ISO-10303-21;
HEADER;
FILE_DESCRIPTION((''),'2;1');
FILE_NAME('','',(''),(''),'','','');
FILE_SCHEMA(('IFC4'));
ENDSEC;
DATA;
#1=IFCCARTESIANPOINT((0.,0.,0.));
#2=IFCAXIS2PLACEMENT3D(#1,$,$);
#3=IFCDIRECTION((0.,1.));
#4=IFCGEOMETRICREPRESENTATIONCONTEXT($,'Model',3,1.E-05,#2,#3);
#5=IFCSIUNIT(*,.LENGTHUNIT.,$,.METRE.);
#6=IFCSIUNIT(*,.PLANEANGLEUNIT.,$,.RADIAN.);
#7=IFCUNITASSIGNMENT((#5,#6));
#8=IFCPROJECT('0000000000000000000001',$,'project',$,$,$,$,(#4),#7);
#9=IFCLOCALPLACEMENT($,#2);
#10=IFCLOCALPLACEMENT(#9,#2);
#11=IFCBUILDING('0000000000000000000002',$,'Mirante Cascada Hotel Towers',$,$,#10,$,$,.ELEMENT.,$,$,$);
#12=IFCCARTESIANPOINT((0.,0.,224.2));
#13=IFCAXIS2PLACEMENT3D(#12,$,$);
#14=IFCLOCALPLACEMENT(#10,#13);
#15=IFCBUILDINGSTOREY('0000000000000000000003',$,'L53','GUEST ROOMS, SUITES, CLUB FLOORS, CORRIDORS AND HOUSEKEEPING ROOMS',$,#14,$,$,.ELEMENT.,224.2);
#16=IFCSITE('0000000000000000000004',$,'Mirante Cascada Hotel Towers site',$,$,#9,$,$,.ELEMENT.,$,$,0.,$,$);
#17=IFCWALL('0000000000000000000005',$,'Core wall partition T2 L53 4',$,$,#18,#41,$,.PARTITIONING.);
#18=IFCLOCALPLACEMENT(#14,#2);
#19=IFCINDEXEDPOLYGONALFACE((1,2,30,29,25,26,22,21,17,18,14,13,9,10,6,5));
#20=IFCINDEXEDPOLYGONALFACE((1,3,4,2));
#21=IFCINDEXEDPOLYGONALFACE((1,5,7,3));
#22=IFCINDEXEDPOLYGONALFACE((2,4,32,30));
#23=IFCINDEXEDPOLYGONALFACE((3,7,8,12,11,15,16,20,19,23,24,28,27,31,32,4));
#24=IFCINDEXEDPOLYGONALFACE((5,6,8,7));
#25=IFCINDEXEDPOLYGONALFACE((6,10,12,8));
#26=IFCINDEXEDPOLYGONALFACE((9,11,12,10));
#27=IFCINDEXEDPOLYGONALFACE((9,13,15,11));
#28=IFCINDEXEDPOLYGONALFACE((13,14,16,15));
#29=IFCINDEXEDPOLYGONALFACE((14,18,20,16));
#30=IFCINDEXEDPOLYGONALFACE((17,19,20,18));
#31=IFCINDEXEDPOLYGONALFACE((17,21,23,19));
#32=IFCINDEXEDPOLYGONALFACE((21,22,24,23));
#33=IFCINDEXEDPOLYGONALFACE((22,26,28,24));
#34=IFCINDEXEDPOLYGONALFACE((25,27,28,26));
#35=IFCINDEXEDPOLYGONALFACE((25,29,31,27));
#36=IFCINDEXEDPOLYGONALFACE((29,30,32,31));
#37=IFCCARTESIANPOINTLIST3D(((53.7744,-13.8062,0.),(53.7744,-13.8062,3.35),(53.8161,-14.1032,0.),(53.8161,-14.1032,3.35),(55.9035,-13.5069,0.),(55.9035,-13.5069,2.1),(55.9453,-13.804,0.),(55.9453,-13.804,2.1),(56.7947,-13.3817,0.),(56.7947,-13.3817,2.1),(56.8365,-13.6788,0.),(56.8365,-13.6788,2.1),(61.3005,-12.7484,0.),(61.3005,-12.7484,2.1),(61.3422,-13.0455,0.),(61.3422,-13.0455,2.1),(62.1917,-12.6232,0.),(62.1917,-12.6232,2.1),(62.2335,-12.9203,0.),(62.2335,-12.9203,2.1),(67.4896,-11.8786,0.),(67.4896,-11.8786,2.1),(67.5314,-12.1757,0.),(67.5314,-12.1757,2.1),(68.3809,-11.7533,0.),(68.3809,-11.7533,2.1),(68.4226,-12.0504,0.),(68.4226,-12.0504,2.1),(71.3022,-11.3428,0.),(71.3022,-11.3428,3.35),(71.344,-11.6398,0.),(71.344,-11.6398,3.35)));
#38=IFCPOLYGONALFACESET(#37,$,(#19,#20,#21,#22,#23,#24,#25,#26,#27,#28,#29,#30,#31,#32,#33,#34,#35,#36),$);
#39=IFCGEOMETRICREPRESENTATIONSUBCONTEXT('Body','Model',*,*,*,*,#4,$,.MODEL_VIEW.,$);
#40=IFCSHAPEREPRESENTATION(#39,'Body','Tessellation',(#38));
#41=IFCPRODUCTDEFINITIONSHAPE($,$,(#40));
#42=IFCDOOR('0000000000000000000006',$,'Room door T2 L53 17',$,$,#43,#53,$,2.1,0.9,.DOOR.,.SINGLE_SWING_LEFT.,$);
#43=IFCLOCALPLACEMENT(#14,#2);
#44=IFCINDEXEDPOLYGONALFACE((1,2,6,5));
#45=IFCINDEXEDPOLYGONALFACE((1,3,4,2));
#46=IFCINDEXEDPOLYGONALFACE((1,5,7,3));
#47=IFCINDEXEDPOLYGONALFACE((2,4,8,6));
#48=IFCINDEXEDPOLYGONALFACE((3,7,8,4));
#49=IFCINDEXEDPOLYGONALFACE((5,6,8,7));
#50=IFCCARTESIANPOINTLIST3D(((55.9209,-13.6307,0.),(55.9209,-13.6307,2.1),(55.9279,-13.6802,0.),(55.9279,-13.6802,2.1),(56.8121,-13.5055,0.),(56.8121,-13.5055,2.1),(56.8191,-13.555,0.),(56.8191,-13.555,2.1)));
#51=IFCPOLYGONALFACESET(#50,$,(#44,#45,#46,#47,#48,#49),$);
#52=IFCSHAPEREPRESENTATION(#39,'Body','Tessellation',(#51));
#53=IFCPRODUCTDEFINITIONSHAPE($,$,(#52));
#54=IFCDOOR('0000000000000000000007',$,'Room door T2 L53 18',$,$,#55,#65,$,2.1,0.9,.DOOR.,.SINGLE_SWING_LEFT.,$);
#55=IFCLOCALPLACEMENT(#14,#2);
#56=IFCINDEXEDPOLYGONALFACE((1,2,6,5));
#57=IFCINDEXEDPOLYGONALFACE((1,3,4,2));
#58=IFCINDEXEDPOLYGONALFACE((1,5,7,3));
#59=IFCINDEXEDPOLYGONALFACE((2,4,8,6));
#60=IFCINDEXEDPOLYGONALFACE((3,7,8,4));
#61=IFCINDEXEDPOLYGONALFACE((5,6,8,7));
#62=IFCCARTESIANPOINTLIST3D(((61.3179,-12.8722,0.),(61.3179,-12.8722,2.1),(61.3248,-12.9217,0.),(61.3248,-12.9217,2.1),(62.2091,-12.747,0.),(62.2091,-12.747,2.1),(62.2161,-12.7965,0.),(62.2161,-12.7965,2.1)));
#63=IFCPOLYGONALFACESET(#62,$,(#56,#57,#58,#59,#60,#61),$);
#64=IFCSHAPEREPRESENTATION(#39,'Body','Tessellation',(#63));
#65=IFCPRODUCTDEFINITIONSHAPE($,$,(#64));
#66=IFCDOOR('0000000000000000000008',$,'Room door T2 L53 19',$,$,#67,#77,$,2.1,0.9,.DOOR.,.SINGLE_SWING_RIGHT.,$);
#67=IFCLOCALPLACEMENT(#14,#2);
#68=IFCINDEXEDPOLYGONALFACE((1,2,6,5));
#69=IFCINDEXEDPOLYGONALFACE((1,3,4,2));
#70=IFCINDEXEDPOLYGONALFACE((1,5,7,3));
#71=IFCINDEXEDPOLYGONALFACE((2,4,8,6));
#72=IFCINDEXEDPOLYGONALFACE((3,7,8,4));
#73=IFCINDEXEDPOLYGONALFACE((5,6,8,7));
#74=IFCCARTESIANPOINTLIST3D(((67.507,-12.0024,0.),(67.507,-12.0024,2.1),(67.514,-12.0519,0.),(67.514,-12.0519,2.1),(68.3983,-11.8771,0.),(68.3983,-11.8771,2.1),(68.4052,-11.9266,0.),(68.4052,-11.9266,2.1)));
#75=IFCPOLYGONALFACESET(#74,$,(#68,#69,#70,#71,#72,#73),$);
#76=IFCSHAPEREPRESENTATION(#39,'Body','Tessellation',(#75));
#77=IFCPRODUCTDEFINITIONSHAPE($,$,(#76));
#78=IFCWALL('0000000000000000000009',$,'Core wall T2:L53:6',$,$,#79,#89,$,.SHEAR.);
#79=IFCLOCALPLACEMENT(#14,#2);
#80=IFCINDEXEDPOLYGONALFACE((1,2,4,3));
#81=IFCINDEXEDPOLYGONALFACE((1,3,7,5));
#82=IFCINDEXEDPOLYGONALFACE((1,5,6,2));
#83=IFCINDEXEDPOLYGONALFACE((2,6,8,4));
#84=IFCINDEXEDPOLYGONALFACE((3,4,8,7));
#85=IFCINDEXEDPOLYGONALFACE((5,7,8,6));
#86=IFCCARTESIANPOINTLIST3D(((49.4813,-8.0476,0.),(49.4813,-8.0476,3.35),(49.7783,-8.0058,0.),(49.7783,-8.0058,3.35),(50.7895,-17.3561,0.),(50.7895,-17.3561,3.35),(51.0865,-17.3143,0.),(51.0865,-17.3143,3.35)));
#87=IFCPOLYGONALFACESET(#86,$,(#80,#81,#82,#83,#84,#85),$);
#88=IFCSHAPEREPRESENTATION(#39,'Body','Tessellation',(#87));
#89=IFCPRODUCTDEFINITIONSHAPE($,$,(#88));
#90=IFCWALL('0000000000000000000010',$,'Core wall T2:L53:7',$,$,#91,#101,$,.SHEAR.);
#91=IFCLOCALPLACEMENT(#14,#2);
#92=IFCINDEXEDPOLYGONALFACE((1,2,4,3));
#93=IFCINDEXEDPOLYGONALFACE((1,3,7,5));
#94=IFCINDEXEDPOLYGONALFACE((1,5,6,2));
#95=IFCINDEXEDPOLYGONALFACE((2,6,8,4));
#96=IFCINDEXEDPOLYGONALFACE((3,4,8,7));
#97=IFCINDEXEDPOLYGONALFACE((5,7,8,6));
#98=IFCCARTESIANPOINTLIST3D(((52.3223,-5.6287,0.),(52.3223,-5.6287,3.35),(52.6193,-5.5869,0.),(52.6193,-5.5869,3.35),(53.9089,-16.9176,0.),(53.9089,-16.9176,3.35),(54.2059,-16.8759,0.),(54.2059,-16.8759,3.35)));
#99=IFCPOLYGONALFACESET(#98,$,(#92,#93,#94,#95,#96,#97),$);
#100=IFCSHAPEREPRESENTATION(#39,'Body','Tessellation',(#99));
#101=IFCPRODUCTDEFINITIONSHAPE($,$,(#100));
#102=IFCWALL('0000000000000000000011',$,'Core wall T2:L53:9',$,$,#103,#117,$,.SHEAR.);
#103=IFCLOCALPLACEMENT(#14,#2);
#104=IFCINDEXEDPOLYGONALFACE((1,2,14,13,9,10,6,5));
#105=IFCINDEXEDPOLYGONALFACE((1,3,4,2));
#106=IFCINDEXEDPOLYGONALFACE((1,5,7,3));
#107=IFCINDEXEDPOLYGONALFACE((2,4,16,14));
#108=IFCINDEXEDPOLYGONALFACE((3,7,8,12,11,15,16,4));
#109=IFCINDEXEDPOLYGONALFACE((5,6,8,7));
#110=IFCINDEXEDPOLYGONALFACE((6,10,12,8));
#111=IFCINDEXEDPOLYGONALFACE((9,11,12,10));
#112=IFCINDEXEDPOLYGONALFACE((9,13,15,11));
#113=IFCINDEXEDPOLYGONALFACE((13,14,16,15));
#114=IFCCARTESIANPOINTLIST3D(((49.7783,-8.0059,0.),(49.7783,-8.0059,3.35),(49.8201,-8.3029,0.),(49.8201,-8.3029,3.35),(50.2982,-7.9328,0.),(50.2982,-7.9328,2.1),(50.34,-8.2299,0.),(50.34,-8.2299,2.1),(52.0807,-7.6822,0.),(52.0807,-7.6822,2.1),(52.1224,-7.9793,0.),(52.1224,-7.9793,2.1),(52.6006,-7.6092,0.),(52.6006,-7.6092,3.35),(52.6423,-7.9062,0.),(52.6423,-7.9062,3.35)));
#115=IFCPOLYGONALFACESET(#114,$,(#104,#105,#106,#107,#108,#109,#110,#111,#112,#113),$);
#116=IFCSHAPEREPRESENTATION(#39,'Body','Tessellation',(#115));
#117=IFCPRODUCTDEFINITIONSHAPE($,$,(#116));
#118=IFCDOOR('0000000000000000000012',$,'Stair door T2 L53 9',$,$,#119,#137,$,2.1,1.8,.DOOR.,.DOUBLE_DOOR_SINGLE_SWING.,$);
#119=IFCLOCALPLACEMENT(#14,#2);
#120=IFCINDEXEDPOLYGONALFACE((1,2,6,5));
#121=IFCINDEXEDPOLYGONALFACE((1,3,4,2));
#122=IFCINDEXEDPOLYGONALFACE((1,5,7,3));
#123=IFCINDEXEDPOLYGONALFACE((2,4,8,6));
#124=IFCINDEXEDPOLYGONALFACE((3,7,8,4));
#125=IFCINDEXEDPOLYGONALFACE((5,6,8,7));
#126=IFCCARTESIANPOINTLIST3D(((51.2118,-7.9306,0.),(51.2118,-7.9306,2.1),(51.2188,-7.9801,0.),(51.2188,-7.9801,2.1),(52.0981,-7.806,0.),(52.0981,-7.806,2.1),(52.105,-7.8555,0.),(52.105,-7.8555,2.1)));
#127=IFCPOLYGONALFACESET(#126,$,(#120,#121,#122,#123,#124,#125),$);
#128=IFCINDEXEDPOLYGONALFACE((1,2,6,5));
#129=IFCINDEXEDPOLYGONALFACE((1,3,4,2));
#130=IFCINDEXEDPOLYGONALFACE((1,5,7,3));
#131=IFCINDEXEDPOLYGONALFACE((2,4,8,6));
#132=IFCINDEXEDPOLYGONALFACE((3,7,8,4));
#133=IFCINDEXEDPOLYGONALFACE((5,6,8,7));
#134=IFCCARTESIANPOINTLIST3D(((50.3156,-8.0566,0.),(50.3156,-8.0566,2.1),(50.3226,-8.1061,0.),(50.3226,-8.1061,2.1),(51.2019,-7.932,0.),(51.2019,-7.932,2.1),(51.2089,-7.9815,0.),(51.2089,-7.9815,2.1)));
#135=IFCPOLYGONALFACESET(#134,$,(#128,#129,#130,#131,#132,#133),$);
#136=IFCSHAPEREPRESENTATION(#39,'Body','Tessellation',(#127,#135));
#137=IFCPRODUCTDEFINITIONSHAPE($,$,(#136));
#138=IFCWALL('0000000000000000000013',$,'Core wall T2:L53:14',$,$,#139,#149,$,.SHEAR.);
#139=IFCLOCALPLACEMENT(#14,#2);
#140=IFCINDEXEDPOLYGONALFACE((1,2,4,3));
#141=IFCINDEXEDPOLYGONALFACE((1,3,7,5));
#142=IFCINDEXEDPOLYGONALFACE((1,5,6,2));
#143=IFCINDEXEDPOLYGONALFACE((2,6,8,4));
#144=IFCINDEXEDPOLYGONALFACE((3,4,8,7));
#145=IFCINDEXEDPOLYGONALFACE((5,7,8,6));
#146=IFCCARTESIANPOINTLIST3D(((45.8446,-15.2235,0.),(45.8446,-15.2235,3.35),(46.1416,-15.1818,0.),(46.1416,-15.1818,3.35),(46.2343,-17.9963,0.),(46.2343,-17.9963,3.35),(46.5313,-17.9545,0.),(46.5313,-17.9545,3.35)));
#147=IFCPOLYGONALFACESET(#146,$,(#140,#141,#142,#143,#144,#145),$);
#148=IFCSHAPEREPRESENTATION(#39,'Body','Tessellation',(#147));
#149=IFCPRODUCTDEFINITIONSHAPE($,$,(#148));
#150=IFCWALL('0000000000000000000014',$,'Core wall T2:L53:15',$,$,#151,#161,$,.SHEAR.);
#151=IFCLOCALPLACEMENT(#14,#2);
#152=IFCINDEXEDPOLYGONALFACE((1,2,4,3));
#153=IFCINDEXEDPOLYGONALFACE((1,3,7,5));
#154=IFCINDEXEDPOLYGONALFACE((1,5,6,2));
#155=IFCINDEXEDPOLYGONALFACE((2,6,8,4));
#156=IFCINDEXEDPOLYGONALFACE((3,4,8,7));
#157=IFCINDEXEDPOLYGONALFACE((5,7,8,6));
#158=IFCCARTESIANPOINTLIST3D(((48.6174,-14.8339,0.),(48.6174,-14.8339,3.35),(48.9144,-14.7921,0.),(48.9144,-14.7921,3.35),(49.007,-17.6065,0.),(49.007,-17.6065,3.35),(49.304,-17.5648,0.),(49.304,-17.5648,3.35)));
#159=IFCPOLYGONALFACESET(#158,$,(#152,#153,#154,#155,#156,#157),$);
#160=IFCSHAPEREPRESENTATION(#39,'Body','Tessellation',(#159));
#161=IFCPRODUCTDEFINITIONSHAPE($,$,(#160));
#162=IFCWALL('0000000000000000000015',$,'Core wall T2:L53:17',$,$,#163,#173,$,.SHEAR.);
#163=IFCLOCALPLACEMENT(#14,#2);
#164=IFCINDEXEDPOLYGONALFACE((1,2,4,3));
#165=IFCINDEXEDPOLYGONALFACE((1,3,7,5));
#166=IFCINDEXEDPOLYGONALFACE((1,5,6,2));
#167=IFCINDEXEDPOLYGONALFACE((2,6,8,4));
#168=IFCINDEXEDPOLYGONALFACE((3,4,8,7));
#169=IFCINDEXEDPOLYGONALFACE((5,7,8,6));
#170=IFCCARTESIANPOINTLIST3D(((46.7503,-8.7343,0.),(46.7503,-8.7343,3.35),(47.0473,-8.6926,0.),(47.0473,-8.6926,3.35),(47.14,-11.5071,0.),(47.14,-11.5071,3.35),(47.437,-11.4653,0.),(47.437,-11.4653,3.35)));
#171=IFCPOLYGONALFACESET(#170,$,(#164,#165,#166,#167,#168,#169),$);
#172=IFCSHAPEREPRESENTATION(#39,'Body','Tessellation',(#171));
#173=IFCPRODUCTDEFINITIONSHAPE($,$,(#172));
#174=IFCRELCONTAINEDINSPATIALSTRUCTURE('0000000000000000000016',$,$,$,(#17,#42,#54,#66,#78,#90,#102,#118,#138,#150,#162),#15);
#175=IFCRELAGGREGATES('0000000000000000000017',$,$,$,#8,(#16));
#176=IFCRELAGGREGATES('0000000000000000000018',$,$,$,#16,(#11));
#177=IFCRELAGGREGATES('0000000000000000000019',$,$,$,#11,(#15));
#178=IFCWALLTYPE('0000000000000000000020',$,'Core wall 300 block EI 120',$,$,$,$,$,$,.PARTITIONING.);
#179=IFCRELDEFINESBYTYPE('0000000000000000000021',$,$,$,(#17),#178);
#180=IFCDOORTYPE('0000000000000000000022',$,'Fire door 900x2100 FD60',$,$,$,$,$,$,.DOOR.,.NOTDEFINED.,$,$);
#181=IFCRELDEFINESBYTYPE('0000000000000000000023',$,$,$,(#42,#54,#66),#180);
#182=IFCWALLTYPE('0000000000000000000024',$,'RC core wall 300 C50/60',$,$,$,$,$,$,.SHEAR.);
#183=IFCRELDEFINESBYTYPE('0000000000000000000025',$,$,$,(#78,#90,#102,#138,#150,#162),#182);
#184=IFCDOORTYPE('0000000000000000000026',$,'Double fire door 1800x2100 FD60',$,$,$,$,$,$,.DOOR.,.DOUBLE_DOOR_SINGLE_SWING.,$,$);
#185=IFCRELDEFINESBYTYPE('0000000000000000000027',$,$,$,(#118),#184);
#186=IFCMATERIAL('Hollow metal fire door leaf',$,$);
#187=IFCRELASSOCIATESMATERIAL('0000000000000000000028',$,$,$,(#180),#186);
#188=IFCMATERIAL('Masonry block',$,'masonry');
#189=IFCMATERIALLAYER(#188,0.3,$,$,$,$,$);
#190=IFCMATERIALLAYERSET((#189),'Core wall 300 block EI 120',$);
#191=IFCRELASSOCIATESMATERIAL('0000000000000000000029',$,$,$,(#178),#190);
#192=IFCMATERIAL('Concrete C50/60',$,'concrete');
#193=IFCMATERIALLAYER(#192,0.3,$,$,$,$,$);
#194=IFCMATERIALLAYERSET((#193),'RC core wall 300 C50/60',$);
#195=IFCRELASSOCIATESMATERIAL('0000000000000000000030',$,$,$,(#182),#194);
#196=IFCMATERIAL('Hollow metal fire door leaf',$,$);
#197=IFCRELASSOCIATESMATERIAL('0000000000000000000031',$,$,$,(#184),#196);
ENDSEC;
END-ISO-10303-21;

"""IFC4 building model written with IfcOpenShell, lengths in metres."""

from ifc_helpers import new_model, si_unit, direction, frame, frame_2d, origin, place, context, subcontext, project, spatial, rectangle, extrude, material, layer, layer_set, type_object, element, fill, save


model = new_model("IFC4")

# Units and contexts
model_context = context("Model", 3, precision=1e-05, world=origin(), true_north=direction((0.0, 1.0)))
body_context = subcontext(model_context, "Body", "Model", "MODEL_VIEW")
ifc_project = project(units=[si_unit("LENGTHUNIT", "METRE"), si_unit("PLANEANGLEUNIT", "RADIAN")], contexts=[model_context])

# Site, building, storey
site_placement = place(None, origin())
site = spatial("IfcSite", under=ifc_project, at=site_placement, Name="Mirante Cascada Hotel Towers site", CompositionType="ELEMENT", RefElevation=0.0)
building_placement = place(site_placement, origin())
building = spatial("IfcBuilding", under=site, at=building_placement, Name="Mirante Cascada Hotel Towers", CompositionType="ELEMENT")
storey_placement = place(building_placement, frame((0.0, 0.0, 224.2)))
storey = spatial("IfcBuildingStorey", under=building, at=storey_placement, Name="L53", Description="GUEST ROOMS, SUITES, CLUB FLOORS, CORRIDORS AND HOUSEKEEPING ROOMS", CompositionType="ELEMENT", Elevation=224.2)

# Shared definitions
ifc_material_1 = material(Name="Hollow metal fire door leaf")
door_type_1 = type_object("IfcDoorType", Name="Fire door 900x2100 FD60", OperationType="NOTDEFINED", PredefinedType="DOOR", material=ifc_material_1)

# Wall, openings, doors
ifc_material_2 = material(Name="Masonry block", Category="masonry")
ifc_layer_1 = layer(ifc_material_2, 0.3)
ifc_layer_set_1 = layer_set([ifc_layer_1], Name="Core wall 300 block EI 120")
wall_type_1 = type_object("IfcWallType", Name="Core wall 300 block EI 120", PredefinedType="PARTITIONING", material=ifc_layer_set_1)
wall_1_placement = place(storey_placement, frame((53.7953, -13.9547, 0.0), z_axis=(0.0, 0.0, 1.0), x_axis=(0.990268, 0.139175, 0.0)))
wall_1 = element("IfcWall", 1, at=wall_1_placement, inside=storey, type_object=wall_type_1, Name="Core wall partition T2 L53 4", PredefinedType="PARTITIONING", context=body_context, shape_type="SweptSolid", body=[
    extrude(rectangle(XDim=17.7001, YDim=0.3, at=frame_2d((8.85, 0.0))), origin(), (0.0, 0.0, 1.0), 3.35),
])
opening_1_placement = place(wall_1_placement, frame((2.15, 0.0, 0.0)))
opening_1 = element("IfcOpeningElement", 2, at=opening_1_placement, cuts=wall_1, PredefinedType="OPENING", context=body_context, shape_type="SweptSolid", body=[
    extrude(rectangle(XDim=0.9, YDim=2.1, at=frame_2d((0.45, 1.05))), frame((0.0, 0.15, 0.0), z_axis=(0.0, -1.0, 0.0), x_axis=(1.0, 0.0, 0.0)), (0.0, 0.0, 1.0), 0.3),
])
opening_2_placement = place(wall_1_placement, frame((7.6, 0.0, 0.0)))
opening_2 = element("IfcOpeningElement", 3, at=opening_2_placement, cuts=wall_1, PredefinedType="OPENING", context=body_context, shape_type="SweptSolid", body=[
    extrude(rectangle(XDim=0.9, YDim=2.1, at=frame_2d((0.45, 1.05))), frame((0.0, 0.15, 0.0), z_axis=(0.0, -1.0, 0.0), x_axis=(1.0, 0.0, 0.0)), (0.0, 0.0, 1.0), 0.3),
])
opening_3_placement = place(wall_1_placement, frame((13.85, 0.0, 0.0)))
opening_3 = element("IfcOpeningElement", 4, at=opening_3_placement, cuts=wall_1, PredefinedType="OPENING", context=body_context, shape_type="SweptSolid", body=[
    extrude(rectangle(XDim=0.9, YDim=2.1, at=frame_2d((0.45, 1.05))), frame((0.0, 0.15, 0.0), z_axis=(0.0, -1.0, 0.0), x_axis=(1.0, 0.0, 0.0)), (0.0, 0.0, 1.0), 0.3),
])
door_1_placement = place(opening_1_placement, frame((0.9, 0.0, 0.0), z_axis=(0.0, 0.0, 1.0), x_axis=(-1.0, 0.0, 0.0)))
door_1 = element("IfcDoor", 5, at=door_1_placement, inside=storey, type_object=door_type_1, Name="Room door T2 L53 17", OperationType="SINGLE_SWING_LEFT", OverallHeight=2.1, OverallWidth=0.9, PredefinedType="DOOR", context=body_context, shape_type="SweptSolid", body=[
    extrude(rectangle(XDim=0.9, YDim=2.1, at=frame_2d((0.45, 1.05))), frame((0.0, 0.025, 0.0), z_axis=(0.0, -1.0, 0.0), x_axis=(1.0, 0.0, 0.0)), (0.0, 0.0, 1.0), 0.05),
])
fill(opening_1, door_1)
door_2_placement = place(opening_2_placement, frame((0.9, 0.0, 0.0), z_axis=(0.0, 0.0, 1.0), x_axis=(-1.0, 0.0, 0.0)))
door_2 = element("IfcDoor", 6, at=door_2_placement, inside=storey, type_object=door_type_1, Name="Room door T2 L53 18", OperationType="SINGLE_SWING_LEFT", OverallHeight=2.1, OverallWidth=0.9, PredefinedType="DOOR", context=body_context, shape_type="SweptSolid", body=[
    extrude(rectangle(XDim=0.9, YDim=2.1, at=frame_2d((0.45, 1.05))), frame((0.0, 0.025, 0.0), z_axis=(0.0, -1.0, 0.0), x_axis=(1.0, 0.0, 0.0)), (0.0, 0.0, 1.0), 0.05),
])
fill(opening_2, door_2)
door_3_placement = place(opening_3_placement, frame((0.9, 0.0, 0.0), z_axis=(0.0, 0.0, 1.0), x_axis=(-1.0, 0.0, 0.0)))
door_3 = element("IfcDoor", 7, at=door_3_placement, inside=storey, type_object=door_type_1, Name="Room door T2 L53 19", OperationType="SINGLE_SWING_RIGHT", OverallHeight=2.1, OverallWidth=0.9, PredefinedType="DOOR", context=body_context, shape_type="SweptSolid", body=[
    extrude(rectangle(XDim=0.9, YDim=2.1, at=frame_2d((0.45, 1.05))), frame((0.0, 0.025, 0.0), z_axis=(0.0, -1.0, 0.0), x_axis=(1.0, 0.0, 0.0)), (0.0, 0.0, 1.0), 0.05),
])
fill(opening_3, door_3)

# Walls
ifc_material_3 = material(Name="Concrete C50/60", Category="concrete")
ifc_layer_2 = layer(ifc_material_3, 0.3)
ifc_layer_set_2 = layer_set([ifc_layer_2], Name="RC core wall 300 C50/60")
wall_type_2 = type_object("IfcWallType", Name="RC core wall 300 C50/60", PredefinedType="SHEAR", material=ifc_layer_set_2)
wall_2_placement = place(storey_placement, frame((50.938, -17.3352, 0.0), z_axis=(0.0, 0.0, 1.0), x_axis=(-0.139171, 0.990268, 0.0)))
element("IfcWall", 8, at=wall_2_placement, inside=storey, type_object=wall_type_2, Name="Core wall T2:L53:6", PredefinedType="SHEAR", context=body_context, shape_type="SweptSolid", body=[
    extrude(rectangle(XDim=9.4, YDim=0.3, at=frame_2d((4.7, 0.0))), origin(), (0.0, 0.0, 1.0), 3.35),
])
wall_3_placement = place(storey_placement, frame((54.0574, -16.8968, 0.0), z_axis=(0.0, 0.0, 1.0), x_axis=(-0.139176, 0.990268, 0.0)))
element("IfcWall", 9, at=wall_3_placement, inside=storey, type_object=wall_type_2, Name="Core wall T2:L53:7", PredefinedType="SHEAR", context=body_context, shape_type="SweptSolid", body=[
    extrude(rectangle(XDim=11.3999, YDim=0.3, at=frame_2d((5.7, 0.0))), origin(), (0.0, 0.0, 1.0), 3.35),
])

# Wall, opening, door
wall_4_placement = place(storey_placement, frame((49.7992, -8.1544, 0.0), z_axis=(0.0, 0.0, 1.0), x_axis=(0.990266, 0.139191, 0.0)))
wall_4 = element("IfcWall", 10, at=wall_4_placement, inside=storey, type_object=wall_type_2, Name="Core wall T2:L53:9", PredefinedType="SHEAR", context=body_context, shape_type="SweptSolid", body=[
    extrude(rectangle(XDim=2.85, YDim=0.3, at=frame_2d((1.425, 0.0))), origin(), (0.0, 0.0, 1.0), 3.35),
])
opening_4_placement = place(wall_4_placement, frame((0.525, 0.0, 0.0)))
opening_4 = element("IfcOpeningElement", 11, at=opening_4_placement, cuts=wall_4, PredefinedType="OPENING", context=body_context, shape_type="SweptSolid", body=[
    extrude(rectangle(XDim=1.8, YDim=2.1, at=frame_2d((0.9, 1.05))), frame((0.0, 0.15, 0.0), z_axis=(0.0, -1.0, 0.0), x_axis=(1.0, 0.0, 0.0)), (0.0, 0.0, 1.0), 0.3),
])
ifc_material_4 = material(Name="Hollow metal fire door leaf")
door_type_2 = type_object("IfcDoorType", Name="Double fire door 1800x2100 FD60", OperationType="DOUBLE_DOOR_SINGLE_SWING", PredefinedType="DOOR", material=ifc_material_4)
door_4_placement = place(opening_4_placement, frame((1.8, 0.0, 0.0), z_axis=(0.0, 0.0, 1.0), x_axis=(-1.0, 0.0, 0.0)))
door_4 = element("IfcDoor", 12, at=door_4_placement, inside=storey, type_object=door_type_2, Name="Stair door T2 L53 9", OperationType="DOUBLE_DOOR_SINGLE_SWING", OverallHeight=2.1, OverallWidth=1.8, PredefinedType="DOOR", context=body_context, shape_type="SweptSolid", body=[
    extrude(rectangle(XDim=0.895, YDim=2.1, at=frame_2d((0.4475, 1.05))), frame((0.0, 0.025, 0.0), z_axis=(0.0, -1.0, 0.0), x_axis=(1.0, 0.0, 0.0)), (0.0, 0.0, 1.0), 0.05),
    extrude(rectangle(XDim=0.895, YDim=2.1, at=frame_2d((1.3525, 1.05))), frame((0.0, 0.025, 0.0), z_axis=(0.0, -1.0, 0.0), x_axis=(1.0, 0.0, 0.0)), (0.0, 0.0, 1.0), 0.05),
])
fill(opening_4, door_4)

# Walls
wall_5_placement = place(storey_placement, frame((46.3828, -17.9754, 0.0), z_axis=(0.0, 0.0, 1.0), x_axis=(-0.139181, 0.990267, 0.0)))
element("IfcWall", 13, at=wall_5_placement, inside=storey, type_object=wall_type_2, Name="Core wall T2:L53:14", PredefinedType="SHEAR", context=body_context, shape_type="SweptSolid", body=[
    extrude(rectangle(XDim=2.8, YDim=0.3, at=frame_2d((1.4, 0.0))), origin(), (0.0, 0.0, 1.0), 3.35),
])
wall_6_placement = place(storey_placement, frame((49.1555, -17.5857, 0.0), z_axis=(0.0, 0.0, 1.0), x_axis=(-0.139146, 0.990272, 0.0)))
element("IfcWall", 14, at=wall_6_placement, inside=storey, type_object=wall_type_2, Name="Core wall T2:L53:15", PredefinedType="SHEAR", context=body_context, shape_type="SweptSolid", body=[
    extrude(rectangle(XDim=2.7999, YDim=0.3, at=frame_2d((1.4, 0.0))), origin(), (0.0, 0.0, 1.0), 3.35),
])
wall_7_placement = place(storey_placement, frame((47.2885, -11.4862, 0.0), z_axis=(0.0, 0.0, 1.0), x_axis=(-0.139181, 0.990267, 0.0)))
element("IfcWall", 15, at=wall_7_placement, inside=storey, type_object=wall_type_2, Name="Core wall T2:L53:17", PredefinedType="SHEAR", context=body_context, shape_type="SweptSolid", body=[
    extrude(rectangle(XDim=2.8, YDim=0.3, at=frame_2d((1.4, 0.0))), origin(), (0.0, 0.0, 1.0), 3.35),
])

save(model, "model.ifc")
